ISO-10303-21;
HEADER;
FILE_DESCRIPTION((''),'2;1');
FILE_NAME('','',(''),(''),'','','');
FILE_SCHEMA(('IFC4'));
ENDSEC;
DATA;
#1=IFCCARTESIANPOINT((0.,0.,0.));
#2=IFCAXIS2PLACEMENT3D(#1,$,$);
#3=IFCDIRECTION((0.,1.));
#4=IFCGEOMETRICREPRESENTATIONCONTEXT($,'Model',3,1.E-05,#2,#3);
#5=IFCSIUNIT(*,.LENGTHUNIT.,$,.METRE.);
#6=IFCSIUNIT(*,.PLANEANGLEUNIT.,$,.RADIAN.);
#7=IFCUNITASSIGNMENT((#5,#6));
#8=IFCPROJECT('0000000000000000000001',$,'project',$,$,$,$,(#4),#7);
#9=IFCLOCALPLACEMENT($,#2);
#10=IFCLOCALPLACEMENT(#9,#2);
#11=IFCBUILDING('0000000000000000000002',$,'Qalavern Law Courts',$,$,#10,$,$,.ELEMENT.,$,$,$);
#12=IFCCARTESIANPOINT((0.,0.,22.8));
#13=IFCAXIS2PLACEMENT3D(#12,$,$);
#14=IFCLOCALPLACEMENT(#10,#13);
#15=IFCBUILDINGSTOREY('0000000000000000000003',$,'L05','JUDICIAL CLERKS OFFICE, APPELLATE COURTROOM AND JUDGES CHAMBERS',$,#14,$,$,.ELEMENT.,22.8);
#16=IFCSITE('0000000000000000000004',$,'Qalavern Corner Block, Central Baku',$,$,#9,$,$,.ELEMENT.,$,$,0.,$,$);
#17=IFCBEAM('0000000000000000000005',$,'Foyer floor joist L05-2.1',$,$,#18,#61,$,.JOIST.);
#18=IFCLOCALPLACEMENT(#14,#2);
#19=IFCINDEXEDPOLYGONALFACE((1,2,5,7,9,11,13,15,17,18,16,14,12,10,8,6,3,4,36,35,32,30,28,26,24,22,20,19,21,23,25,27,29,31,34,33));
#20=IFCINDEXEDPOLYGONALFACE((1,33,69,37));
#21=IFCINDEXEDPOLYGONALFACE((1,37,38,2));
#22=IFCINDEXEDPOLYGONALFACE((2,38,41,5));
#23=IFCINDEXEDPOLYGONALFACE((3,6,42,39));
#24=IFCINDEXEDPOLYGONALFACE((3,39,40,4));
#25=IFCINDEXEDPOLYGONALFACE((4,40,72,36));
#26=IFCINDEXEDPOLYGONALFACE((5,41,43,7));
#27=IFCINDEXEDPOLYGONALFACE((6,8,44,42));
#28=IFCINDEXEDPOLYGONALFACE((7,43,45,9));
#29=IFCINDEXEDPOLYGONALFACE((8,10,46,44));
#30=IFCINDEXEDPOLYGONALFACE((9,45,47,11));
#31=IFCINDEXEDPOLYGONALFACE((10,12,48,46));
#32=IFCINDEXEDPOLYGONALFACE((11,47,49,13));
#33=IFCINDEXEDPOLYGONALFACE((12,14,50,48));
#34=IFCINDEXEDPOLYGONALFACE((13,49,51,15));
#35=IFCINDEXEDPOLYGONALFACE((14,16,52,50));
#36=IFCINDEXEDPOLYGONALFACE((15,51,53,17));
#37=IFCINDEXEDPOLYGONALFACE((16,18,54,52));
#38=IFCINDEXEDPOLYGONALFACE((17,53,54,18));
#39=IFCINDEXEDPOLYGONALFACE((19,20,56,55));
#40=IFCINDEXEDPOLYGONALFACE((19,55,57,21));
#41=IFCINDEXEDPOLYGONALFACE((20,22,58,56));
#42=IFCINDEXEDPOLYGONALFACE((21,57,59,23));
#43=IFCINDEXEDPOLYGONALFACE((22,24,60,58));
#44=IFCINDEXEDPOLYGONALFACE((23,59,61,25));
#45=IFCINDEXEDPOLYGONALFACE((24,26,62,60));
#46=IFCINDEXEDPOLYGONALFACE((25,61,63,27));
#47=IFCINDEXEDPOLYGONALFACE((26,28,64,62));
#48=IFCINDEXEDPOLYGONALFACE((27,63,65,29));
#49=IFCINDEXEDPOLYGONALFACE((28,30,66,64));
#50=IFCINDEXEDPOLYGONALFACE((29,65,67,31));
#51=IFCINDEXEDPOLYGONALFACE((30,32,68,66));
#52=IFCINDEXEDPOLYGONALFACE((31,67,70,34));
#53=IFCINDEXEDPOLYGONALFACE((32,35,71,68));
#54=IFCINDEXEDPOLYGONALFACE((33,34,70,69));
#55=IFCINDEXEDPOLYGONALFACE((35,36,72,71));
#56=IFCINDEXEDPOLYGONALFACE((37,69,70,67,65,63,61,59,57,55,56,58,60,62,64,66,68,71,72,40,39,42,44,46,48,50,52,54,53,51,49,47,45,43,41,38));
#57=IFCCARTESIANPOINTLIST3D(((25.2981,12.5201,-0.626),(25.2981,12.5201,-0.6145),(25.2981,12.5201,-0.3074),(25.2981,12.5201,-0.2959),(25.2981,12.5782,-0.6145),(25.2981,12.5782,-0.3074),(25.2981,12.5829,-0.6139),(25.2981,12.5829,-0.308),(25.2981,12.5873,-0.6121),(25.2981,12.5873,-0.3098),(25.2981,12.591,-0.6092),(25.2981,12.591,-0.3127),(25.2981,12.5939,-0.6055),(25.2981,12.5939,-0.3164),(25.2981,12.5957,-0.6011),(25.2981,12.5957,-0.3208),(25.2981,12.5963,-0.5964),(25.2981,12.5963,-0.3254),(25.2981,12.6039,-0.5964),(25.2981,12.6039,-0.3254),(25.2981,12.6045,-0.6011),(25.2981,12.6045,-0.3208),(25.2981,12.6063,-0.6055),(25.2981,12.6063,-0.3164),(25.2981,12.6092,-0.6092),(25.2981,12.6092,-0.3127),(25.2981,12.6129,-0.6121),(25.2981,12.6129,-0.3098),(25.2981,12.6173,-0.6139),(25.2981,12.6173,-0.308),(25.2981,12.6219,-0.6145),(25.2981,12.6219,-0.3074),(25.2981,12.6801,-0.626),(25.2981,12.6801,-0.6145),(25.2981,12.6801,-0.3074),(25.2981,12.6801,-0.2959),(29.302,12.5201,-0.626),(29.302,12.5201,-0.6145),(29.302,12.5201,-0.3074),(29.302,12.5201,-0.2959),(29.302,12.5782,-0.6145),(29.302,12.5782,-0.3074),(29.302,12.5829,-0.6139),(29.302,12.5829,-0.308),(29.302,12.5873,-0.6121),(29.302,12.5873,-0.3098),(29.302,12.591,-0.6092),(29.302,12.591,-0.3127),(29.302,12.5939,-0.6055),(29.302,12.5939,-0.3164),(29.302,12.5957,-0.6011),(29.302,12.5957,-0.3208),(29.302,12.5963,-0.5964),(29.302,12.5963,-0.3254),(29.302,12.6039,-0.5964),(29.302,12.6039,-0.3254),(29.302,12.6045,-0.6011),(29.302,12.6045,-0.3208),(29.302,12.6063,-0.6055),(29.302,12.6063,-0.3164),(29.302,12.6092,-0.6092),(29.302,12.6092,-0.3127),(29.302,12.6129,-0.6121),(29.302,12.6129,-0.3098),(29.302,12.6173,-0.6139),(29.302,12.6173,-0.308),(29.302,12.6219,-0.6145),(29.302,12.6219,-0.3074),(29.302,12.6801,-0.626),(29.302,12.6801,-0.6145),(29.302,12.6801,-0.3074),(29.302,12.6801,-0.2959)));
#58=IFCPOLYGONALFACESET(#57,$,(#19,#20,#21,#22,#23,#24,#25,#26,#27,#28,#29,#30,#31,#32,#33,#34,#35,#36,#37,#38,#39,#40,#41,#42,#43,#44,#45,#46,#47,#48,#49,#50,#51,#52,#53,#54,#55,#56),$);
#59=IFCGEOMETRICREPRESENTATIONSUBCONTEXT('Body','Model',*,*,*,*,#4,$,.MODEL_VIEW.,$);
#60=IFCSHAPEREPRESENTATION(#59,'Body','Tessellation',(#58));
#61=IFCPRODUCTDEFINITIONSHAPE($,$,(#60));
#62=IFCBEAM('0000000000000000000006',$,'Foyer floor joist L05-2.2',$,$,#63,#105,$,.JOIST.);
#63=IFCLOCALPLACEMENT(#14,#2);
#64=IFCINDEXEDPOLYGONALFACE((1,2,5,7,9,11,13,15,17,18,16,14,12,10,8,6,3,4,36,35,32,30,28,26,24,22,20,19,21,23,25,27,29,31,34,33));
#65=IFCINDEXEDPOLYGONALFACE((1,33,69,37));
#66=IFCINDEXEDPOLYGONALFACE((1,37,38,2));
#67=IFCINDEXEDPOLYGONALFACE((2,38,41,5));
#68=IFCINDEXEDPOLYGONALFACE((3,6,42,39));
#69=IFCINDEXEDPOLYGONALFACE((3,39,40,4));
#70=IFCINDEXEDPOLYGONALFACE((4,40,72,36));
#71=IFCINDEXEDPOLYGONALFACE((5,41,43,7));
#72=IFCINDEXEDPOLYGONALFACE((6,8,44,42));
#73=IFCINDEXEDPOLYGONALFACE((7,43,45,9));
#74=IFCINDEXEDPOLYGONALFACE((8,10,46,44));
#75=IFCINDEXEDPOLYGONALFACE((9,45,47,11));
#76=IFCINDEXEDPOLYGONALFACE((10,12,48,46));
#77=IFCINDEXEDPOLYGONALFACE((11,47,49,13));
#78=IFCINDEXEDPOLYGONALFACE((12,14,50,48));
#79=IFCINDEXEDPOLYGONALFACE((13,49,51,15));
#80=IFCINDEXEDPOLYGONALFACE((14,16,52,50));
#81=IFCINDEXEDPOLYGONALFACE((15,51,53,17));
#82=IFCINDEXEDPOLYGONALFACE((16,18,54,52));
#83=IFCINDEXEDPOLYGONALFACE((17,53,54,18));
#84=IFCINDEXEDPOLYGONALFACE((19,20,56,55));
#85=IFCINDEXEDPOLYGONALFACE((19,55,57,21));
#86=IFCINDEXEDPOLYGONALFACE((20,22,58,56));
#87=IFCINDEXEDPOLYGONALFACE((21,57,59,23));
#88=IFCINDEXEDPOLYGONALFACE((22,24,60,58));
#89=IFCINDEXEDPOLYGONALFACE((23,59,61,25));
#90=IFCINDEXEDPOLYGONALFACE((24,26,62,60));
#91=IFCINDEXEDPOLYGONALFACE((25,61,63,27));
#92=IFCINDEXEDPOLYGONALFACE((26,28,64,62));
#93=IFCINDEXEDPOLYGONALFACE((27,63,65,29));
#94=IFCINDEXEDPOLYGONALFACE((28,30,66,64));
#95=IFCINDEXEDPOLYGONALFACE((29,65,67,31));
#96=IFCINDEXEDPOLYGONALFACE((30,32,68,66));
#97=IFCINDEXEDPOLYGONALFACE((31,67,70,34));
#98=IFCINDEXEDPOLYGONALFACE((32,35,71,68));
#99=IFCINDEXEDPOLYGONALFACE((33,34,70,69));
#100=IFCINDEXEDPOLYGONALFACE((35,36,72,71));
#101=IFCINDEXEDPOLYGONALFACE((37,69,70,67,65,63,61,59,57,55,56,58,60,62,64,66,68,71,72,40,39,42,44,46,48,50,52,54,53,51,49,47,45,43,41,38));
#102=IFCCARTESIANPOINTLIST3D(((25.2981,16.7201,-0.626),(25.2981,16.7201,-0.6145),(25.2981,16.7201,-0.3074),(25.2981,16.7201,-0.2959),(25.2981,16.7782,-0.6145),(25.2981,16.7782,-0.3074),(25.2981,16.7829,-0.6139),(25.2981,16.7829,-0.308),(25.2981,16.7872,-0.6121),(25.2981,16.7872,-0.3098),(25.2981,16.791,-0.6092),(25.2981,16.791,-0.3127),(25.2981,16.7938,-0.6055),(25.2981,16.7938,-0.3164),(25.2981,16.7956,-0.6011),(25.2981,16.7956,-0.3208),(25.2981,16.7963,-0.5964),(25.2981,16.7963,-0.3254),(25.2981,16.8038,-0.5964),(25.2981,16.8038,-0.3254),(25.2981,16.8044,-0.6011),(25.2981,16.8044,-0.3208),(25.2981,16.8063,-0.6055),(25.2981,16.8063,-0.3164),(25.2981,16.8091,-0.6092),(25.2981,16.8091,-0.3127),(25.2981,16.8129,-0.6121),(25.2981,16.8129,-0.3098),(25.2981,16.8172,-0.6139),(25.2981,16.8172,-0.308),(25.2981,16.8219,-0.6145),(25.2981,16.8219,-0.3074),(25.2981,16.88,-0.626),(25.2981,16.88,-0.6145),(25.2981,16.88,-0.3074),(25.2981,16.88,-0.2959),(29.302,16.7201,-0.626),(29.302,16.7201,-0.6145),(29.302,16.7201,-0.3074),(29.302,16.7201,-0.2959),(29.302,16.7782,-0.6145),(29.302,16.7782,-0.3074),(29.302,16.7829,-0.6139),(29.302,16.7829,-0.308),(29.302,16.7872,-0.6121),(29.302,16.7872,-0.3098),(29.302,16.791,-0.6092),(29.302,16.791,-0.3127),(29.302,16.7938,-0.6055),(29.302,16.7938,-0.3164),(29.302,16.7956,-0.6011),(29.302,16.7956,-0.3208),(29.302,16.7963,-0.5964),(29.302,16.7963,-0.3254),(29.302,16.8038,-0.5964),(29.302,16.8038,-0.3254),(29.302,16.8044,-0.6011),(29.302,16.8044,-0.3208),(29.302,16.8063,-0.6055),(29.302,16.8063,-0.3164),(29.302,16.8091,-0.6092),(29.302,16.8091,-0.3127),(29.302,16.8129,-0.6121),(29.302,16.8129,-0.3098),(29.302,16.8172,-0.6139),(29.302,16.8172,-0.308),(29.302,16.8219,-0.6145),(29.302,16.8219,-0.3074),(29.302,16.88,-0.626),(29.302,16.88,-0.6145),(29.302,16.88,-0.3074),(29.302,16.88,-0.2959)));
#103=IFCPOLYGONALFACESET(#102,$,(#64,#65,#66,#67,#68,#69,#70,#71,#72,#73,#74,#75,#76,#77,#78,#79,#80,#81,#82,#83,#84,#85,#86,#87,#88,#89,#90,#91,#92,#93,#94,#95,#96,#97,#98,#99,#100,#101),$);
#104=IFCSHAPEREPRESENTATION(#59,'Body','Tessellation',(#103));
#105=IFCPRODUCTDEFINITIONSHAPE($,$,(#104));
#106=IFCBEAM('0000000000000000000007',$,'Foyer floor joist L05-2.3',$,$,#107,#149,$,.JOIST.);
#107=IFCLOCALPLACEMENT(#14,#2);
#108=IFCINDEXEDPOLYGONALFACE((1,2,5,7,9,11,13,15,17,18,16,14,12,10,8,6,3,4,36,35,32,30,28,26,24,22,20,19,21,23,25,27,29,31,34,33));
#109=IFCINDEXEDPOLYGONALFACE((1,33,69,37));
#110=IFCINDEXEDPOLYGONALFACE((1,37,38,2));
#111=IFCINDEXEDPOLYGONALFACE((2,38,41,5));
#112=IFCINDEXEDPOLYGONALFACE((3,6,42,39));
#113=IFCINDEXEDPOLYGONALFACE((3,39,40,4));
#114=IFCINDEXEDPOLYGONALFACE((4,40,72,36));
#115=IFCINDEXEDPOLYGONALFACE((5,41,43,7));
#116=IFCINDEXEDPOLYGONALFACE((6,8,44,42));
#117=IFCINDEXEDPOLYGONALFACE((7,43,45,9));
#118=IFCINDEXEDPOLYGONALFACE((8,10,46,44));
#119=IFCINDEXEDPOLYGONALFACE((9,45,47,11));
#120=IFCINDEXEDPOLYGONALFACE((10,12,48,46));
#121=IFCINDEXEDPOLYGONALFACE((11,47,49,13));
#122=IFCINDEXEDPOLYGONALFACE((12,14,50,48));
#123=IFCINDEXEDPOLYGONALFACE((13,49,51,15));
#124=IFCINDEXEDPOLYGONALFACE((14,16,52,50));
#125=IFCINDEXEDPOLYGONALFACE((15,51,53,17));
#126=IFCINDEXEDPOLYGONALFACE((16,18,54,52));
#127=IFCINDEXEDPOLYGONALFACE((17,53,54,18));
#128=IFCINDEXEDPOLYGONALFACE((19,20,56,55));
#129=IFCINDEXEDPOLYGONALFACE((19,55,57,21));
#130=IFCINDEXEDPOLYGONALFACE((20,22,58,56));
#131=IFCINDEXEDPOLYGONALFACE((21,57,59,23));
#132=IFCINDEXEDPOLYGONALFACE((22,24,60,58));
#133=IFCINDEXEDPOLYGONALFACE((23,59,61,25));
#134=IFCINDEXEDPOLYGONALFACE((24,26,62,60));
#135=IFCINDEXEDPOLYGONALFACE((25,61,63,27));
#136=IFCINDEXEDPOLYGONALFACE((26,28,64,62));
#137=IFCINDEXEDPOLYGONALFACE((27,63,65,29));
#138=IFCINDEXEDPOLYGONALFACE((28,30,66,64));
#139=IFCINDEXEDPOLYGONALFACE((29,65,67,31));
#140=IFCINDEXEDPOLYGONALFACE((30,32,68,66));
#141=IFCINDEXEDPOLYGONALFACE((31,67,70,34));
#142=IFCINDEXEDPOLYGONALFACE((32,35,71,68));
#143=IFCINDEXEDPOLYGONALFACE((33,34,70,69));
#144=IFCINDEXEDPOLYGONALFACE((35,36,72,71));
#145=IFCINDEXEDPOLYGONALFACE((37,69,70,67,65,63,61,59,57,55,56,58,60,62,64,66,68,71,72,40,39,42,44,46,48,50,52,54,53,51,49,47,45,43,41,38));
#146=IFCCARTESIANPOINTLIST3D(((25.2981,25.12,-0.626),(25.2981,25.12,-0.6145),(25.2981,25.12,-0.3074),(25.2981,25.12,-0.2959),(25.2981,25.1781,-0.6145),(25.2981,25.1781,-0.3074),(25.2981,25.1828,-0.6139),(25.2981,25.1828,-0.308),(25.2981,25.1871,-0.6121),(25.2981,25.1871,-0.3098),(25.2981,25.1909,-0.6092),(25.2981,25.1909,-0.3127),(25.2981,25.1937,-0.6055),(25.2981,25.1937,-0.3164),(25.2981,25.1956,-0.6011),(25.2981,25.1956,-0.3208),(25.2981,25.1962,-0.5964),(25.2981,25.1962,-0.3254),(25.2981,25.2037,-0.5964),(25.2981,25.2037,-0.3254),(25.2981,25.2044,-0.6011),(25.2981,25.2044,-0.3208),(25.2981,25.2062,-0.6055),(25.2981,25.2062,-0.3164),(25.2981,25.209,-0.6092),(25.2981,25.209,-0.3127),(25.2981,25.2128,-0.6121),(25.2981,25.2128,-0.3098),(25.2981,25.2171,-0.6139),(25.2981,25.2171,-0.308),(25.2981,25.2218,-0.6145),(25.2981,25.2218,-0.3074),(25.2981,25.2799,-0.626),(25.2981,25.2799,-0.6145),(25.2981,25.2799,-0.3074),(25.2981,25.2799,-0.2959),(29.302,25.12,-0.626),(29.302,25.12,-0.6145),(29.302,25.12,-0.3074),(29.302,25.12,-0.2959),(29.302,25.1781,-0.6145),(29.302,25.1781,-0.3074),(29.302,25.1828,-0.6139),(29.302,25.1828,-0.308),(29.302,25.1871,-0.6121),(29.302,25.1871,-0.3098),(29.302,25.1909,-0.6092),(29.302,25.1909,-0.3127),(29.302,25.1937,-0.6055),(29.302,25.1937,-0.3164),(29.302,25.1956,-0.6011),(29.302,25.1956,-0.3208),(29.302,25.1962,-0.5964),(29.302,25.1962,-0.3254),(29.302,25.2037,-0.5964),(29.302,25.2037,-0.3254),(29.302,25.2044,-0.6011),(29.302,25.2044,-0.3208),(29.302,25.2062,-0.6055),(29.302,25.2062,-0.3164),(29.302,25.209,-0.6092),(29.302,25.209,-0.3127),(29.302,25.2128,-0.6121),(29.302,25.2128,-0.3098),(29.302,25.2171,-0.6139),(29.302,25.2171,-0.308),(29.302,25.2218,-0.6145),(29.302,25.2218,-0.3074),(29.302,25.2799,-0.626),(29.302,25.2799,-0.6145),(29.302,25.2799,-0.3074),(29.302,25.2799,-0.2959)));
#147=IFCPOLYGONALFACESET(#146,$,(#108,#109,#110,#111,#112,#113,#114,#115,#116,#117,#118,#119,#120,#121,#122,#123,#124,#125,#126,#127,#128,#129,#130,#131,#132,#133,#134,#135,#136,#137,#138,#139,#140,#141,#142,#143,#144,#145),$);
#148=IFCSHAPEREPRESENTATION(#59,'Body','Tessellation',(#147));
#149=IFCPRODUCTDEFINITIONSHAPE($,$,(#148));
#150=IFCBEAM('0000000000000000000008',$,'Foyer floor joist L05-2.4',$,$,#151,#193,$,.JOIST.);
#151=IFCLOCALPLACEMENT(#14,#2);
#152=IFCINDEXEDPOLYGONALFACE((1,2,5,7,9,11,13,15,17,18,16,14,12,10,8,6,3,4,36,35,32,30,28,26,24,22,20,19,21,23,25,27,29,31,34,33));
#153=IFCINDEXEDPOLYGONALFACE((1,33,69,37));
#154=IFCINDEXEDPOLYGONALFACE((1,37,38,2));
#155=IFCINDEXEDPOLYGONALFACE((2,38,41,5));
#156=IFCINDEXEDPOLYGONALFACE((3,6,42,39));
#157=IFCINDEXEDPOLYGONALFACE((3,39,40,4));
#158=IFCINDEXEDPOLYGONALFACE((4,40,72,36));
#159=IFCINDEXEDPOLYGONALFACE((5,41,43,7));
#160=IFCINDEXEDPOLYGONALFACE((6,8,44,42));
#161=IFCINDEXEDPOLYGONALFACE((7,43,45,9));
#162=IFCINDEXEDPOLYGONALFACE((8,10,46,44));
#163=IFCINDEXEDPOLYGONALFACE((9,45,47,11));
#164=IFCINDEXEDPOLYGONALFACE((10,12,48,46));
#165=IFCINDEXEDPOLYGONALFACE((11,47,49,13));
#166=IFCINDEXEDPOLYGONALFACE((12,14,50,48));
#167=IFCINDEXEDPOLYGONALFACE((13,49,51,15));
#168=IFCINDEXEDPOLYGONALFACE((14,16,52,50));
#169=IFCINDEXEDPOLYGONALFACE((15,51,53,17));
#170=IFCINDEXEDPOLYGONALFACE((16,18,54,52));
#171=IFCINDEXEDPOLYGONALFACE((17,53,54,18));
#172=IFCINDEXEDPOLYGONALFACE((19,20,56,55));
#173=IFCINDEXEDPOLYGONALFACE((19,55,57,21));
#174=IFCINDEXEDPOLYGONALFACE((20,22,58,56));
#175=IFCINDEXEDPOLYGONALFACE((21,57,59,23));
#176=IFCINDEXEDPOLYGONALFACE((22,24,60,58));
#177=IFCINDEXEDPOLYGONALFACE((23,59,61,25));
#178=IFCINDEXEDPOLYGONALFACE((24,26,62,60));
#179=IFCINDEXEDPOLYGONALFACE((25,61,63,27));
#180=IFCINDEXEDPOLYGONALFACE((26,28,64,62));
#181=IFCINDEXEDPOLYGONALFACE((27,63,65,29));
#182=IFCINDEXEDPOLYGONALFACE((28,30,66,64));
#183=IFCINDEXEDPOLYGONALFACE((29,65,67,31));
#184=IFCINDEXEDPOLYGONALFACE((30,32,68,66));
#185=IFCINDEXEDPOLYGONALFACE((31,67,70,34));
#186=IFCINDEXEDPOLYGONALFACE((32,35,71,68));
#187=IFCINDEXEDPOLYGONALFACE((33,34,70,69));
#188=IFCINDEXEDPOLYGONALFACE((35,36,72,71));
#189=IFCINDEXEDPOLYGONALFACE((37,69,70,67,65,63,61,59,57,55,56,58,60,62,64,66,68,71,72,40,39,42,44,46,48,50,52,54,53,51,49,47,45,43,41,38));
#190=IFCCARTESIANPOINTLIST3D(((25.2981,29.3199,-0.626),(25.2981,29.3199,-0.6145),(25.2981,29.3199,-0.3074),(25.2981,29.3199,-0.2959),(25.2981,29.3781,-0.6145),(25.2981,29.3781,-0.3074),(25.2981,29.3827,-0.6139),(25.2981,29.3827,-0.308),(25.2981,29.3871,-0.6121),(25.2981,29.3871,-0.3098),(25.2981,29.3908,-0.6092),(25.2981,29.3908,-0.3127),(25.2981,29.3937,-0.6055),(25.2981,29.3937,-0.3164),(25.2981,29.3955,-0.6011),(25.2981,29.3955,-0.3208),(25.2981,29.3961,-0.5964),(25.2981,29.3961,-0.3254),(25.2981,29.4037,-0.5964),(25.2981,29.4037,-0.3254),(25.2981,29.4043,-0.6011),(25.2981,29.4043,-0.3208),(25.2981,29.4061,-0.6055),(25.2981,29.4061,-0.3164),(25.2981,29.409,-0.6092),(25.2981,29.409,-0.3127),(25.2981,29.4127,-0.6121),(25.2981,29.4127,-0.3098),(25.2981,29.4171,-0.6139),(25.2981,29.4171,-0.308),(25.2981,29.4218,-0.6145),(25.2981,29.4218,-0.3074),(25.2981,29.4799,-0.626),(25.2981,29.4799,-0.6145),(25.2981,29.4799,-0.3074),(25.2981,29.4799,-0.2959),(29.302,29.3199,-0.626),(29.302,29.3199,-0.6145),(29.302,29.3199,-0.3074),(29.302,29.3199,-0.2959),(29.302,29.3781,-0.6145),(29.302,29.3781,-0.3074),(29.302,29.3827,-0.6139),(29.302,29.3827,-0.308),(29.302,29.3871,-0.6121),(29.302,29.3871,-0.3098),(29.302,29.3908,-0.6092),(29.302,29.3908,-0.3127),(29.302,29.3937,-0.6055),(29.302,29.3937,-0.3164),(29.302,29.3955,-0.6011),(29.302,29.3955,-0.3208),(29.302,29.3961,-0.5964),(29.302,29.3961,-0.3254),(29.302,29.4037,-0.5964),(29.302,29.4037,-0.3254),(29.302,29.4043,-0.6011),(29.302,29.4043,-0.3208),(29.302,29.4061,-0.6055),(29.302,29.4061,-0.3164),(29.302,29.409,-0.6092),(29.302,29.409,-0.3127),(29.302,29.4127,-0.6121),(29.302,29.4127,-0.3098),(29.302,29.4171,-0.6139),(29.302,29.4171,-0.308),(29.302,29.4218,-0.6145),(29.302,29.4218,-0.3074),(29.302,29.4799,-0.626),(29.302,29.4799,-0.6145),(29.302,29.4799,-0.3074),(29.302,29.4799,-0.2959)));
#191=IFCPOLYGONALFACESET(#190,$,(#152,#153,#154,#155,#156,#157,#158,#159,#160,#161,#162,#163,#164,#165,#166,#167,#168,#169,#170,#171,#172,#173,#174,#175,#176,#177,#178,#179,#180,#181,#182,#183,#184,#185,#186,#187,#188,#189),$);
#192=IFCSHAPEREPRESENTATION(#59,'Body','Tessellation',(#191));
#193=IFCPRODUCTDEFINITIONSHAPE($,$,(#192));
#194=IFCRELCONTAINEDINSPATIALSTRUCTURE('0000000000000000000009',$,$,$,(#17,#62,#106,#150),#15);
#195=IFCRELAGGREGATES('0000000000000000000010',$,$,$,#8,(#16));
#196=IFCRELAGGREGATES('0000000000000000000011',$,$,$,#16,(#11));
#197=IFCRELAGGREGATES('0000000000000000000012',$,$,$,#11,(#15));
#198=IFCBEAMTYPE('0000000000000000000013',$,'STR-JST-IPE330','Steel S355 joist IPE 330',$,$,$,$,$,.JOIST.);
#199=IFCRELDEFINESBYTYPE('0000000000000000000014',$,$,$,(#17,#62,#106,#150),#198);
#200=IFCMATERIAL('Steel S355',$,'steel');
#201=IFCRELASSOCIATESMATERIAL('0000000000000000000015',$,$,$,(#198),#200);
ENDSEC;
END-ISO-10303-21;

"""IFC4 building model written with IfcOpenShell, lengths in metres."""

from ifc_helpers import new_model, si_unit, direction, frame, origin, origin_2d, place, context, subcontext, project, spatial, i_section, extrude, material, material_profile, profile_set, type_object, element, save


model = new_model("IFC4")

# Units and contexts
model_context = context("Model", 3, precision=1e-05, world=origin(), true_north=direction((0.0, 1.0)))
body_context = subcontext(model_context, "Body", "Model", "MODEL_VIEW")
ifc_project = project(units=[si_unit("LENGTHUNIT", "METRE"), si_unit("PLANEANGLEUNIT", "RADIAN")], contexts=[model_context])

# Site, building, storey
site_placement = place(None, origin())
site = spatial("IfcSite", under=ifc_project, at=site_placement, Name="Qalavern Corner Block, Central Baku", CompositionType="ELEMENT", RefElevation=0.0)
building_placement = place(site_placement, origin())
building = spatial("IfcBuilding", under=site, at=building_placement, Name="Qalavern Law Courts", CompositionType="ELEMENT")
storey_placement = place(building_placement, frame((0.0, 0.0, 22.8)))
storey = spatial("IfcBuildingStorey", under=building, at=storey_placement, Name="L05", Description="JUDICIAL CLERKS OFFICE, APPELLATE COURTROOM AND JUDGES CHAMBERS", CompositionType="ELEMENT", Elevation=22.8)

# Beams
ifc_material_1 = material(Name="Steel S355", Category="steel")
ifc_material_profile_1 = material_profile(ifc_material_1, i_section(OverallWidth=0.1599, OverallDepth=0.3301, WebThickness=0.0076, FlangeThickness=0.0115, FilletRadius=0.0181, at=origin_2d()), Name="IPE 330")
ifc_profile_set_1 = profile_set([ifc_material_profile_1], Name="Steel S355")
beam_type_1 = type_object("IfcBeamType", Name="STR-JST-IPE330", Description="Steel S355 joist IPE 330", PredefinedType="JOIST", material=ifc_profile_set_1)
for number, where, z_axis, x_axis, name in (
    (1, (25.2981, 12.6001, -0.4609), (1.0, 0.0, 0.0), (0.0, 1.0, 0.0), "Foyer floor joist L05-2.1"),
    (2, (25.2981, 16.8, -0.4609), (1.0, 0.0, 0.0), (0.0, 1.0, 0.0), "Foyer floor joist L05-2.2"),
    (3, (25.2981, 25.2, -0.4609), (1.0, 0.0, 0.0), (0.0, 1.0, 0.0), "Foyer floor joist L05-2.3"),
    (4, (25.2981, 29.3999, -0.4609), (1.0, 0.0, 0.0), (0.0, 1.0, 0.0), "Foyer floor joist L05-2.4"),
):
    element("IfcBeam", number, at=place(storey_placement, frame(where, z_axis=z_axis, x_axis=x_axis)), inside=storey, type_object=beam_type_1, Name=name, PredefinedType="JOIST", context=body_context, shape_type="SweptSolid", body=[
        extrude(i_section(OverallWidth=0.1599, OverallDepth=0.3301, WebThickness=0.0076, FlangeThickness=0.0115, FilletRadius=0.0181, at=origin_2d()), origin(), (0.0, 0.0, 1.0), 4.0039),
    ])

save(model, "model.ifc")
